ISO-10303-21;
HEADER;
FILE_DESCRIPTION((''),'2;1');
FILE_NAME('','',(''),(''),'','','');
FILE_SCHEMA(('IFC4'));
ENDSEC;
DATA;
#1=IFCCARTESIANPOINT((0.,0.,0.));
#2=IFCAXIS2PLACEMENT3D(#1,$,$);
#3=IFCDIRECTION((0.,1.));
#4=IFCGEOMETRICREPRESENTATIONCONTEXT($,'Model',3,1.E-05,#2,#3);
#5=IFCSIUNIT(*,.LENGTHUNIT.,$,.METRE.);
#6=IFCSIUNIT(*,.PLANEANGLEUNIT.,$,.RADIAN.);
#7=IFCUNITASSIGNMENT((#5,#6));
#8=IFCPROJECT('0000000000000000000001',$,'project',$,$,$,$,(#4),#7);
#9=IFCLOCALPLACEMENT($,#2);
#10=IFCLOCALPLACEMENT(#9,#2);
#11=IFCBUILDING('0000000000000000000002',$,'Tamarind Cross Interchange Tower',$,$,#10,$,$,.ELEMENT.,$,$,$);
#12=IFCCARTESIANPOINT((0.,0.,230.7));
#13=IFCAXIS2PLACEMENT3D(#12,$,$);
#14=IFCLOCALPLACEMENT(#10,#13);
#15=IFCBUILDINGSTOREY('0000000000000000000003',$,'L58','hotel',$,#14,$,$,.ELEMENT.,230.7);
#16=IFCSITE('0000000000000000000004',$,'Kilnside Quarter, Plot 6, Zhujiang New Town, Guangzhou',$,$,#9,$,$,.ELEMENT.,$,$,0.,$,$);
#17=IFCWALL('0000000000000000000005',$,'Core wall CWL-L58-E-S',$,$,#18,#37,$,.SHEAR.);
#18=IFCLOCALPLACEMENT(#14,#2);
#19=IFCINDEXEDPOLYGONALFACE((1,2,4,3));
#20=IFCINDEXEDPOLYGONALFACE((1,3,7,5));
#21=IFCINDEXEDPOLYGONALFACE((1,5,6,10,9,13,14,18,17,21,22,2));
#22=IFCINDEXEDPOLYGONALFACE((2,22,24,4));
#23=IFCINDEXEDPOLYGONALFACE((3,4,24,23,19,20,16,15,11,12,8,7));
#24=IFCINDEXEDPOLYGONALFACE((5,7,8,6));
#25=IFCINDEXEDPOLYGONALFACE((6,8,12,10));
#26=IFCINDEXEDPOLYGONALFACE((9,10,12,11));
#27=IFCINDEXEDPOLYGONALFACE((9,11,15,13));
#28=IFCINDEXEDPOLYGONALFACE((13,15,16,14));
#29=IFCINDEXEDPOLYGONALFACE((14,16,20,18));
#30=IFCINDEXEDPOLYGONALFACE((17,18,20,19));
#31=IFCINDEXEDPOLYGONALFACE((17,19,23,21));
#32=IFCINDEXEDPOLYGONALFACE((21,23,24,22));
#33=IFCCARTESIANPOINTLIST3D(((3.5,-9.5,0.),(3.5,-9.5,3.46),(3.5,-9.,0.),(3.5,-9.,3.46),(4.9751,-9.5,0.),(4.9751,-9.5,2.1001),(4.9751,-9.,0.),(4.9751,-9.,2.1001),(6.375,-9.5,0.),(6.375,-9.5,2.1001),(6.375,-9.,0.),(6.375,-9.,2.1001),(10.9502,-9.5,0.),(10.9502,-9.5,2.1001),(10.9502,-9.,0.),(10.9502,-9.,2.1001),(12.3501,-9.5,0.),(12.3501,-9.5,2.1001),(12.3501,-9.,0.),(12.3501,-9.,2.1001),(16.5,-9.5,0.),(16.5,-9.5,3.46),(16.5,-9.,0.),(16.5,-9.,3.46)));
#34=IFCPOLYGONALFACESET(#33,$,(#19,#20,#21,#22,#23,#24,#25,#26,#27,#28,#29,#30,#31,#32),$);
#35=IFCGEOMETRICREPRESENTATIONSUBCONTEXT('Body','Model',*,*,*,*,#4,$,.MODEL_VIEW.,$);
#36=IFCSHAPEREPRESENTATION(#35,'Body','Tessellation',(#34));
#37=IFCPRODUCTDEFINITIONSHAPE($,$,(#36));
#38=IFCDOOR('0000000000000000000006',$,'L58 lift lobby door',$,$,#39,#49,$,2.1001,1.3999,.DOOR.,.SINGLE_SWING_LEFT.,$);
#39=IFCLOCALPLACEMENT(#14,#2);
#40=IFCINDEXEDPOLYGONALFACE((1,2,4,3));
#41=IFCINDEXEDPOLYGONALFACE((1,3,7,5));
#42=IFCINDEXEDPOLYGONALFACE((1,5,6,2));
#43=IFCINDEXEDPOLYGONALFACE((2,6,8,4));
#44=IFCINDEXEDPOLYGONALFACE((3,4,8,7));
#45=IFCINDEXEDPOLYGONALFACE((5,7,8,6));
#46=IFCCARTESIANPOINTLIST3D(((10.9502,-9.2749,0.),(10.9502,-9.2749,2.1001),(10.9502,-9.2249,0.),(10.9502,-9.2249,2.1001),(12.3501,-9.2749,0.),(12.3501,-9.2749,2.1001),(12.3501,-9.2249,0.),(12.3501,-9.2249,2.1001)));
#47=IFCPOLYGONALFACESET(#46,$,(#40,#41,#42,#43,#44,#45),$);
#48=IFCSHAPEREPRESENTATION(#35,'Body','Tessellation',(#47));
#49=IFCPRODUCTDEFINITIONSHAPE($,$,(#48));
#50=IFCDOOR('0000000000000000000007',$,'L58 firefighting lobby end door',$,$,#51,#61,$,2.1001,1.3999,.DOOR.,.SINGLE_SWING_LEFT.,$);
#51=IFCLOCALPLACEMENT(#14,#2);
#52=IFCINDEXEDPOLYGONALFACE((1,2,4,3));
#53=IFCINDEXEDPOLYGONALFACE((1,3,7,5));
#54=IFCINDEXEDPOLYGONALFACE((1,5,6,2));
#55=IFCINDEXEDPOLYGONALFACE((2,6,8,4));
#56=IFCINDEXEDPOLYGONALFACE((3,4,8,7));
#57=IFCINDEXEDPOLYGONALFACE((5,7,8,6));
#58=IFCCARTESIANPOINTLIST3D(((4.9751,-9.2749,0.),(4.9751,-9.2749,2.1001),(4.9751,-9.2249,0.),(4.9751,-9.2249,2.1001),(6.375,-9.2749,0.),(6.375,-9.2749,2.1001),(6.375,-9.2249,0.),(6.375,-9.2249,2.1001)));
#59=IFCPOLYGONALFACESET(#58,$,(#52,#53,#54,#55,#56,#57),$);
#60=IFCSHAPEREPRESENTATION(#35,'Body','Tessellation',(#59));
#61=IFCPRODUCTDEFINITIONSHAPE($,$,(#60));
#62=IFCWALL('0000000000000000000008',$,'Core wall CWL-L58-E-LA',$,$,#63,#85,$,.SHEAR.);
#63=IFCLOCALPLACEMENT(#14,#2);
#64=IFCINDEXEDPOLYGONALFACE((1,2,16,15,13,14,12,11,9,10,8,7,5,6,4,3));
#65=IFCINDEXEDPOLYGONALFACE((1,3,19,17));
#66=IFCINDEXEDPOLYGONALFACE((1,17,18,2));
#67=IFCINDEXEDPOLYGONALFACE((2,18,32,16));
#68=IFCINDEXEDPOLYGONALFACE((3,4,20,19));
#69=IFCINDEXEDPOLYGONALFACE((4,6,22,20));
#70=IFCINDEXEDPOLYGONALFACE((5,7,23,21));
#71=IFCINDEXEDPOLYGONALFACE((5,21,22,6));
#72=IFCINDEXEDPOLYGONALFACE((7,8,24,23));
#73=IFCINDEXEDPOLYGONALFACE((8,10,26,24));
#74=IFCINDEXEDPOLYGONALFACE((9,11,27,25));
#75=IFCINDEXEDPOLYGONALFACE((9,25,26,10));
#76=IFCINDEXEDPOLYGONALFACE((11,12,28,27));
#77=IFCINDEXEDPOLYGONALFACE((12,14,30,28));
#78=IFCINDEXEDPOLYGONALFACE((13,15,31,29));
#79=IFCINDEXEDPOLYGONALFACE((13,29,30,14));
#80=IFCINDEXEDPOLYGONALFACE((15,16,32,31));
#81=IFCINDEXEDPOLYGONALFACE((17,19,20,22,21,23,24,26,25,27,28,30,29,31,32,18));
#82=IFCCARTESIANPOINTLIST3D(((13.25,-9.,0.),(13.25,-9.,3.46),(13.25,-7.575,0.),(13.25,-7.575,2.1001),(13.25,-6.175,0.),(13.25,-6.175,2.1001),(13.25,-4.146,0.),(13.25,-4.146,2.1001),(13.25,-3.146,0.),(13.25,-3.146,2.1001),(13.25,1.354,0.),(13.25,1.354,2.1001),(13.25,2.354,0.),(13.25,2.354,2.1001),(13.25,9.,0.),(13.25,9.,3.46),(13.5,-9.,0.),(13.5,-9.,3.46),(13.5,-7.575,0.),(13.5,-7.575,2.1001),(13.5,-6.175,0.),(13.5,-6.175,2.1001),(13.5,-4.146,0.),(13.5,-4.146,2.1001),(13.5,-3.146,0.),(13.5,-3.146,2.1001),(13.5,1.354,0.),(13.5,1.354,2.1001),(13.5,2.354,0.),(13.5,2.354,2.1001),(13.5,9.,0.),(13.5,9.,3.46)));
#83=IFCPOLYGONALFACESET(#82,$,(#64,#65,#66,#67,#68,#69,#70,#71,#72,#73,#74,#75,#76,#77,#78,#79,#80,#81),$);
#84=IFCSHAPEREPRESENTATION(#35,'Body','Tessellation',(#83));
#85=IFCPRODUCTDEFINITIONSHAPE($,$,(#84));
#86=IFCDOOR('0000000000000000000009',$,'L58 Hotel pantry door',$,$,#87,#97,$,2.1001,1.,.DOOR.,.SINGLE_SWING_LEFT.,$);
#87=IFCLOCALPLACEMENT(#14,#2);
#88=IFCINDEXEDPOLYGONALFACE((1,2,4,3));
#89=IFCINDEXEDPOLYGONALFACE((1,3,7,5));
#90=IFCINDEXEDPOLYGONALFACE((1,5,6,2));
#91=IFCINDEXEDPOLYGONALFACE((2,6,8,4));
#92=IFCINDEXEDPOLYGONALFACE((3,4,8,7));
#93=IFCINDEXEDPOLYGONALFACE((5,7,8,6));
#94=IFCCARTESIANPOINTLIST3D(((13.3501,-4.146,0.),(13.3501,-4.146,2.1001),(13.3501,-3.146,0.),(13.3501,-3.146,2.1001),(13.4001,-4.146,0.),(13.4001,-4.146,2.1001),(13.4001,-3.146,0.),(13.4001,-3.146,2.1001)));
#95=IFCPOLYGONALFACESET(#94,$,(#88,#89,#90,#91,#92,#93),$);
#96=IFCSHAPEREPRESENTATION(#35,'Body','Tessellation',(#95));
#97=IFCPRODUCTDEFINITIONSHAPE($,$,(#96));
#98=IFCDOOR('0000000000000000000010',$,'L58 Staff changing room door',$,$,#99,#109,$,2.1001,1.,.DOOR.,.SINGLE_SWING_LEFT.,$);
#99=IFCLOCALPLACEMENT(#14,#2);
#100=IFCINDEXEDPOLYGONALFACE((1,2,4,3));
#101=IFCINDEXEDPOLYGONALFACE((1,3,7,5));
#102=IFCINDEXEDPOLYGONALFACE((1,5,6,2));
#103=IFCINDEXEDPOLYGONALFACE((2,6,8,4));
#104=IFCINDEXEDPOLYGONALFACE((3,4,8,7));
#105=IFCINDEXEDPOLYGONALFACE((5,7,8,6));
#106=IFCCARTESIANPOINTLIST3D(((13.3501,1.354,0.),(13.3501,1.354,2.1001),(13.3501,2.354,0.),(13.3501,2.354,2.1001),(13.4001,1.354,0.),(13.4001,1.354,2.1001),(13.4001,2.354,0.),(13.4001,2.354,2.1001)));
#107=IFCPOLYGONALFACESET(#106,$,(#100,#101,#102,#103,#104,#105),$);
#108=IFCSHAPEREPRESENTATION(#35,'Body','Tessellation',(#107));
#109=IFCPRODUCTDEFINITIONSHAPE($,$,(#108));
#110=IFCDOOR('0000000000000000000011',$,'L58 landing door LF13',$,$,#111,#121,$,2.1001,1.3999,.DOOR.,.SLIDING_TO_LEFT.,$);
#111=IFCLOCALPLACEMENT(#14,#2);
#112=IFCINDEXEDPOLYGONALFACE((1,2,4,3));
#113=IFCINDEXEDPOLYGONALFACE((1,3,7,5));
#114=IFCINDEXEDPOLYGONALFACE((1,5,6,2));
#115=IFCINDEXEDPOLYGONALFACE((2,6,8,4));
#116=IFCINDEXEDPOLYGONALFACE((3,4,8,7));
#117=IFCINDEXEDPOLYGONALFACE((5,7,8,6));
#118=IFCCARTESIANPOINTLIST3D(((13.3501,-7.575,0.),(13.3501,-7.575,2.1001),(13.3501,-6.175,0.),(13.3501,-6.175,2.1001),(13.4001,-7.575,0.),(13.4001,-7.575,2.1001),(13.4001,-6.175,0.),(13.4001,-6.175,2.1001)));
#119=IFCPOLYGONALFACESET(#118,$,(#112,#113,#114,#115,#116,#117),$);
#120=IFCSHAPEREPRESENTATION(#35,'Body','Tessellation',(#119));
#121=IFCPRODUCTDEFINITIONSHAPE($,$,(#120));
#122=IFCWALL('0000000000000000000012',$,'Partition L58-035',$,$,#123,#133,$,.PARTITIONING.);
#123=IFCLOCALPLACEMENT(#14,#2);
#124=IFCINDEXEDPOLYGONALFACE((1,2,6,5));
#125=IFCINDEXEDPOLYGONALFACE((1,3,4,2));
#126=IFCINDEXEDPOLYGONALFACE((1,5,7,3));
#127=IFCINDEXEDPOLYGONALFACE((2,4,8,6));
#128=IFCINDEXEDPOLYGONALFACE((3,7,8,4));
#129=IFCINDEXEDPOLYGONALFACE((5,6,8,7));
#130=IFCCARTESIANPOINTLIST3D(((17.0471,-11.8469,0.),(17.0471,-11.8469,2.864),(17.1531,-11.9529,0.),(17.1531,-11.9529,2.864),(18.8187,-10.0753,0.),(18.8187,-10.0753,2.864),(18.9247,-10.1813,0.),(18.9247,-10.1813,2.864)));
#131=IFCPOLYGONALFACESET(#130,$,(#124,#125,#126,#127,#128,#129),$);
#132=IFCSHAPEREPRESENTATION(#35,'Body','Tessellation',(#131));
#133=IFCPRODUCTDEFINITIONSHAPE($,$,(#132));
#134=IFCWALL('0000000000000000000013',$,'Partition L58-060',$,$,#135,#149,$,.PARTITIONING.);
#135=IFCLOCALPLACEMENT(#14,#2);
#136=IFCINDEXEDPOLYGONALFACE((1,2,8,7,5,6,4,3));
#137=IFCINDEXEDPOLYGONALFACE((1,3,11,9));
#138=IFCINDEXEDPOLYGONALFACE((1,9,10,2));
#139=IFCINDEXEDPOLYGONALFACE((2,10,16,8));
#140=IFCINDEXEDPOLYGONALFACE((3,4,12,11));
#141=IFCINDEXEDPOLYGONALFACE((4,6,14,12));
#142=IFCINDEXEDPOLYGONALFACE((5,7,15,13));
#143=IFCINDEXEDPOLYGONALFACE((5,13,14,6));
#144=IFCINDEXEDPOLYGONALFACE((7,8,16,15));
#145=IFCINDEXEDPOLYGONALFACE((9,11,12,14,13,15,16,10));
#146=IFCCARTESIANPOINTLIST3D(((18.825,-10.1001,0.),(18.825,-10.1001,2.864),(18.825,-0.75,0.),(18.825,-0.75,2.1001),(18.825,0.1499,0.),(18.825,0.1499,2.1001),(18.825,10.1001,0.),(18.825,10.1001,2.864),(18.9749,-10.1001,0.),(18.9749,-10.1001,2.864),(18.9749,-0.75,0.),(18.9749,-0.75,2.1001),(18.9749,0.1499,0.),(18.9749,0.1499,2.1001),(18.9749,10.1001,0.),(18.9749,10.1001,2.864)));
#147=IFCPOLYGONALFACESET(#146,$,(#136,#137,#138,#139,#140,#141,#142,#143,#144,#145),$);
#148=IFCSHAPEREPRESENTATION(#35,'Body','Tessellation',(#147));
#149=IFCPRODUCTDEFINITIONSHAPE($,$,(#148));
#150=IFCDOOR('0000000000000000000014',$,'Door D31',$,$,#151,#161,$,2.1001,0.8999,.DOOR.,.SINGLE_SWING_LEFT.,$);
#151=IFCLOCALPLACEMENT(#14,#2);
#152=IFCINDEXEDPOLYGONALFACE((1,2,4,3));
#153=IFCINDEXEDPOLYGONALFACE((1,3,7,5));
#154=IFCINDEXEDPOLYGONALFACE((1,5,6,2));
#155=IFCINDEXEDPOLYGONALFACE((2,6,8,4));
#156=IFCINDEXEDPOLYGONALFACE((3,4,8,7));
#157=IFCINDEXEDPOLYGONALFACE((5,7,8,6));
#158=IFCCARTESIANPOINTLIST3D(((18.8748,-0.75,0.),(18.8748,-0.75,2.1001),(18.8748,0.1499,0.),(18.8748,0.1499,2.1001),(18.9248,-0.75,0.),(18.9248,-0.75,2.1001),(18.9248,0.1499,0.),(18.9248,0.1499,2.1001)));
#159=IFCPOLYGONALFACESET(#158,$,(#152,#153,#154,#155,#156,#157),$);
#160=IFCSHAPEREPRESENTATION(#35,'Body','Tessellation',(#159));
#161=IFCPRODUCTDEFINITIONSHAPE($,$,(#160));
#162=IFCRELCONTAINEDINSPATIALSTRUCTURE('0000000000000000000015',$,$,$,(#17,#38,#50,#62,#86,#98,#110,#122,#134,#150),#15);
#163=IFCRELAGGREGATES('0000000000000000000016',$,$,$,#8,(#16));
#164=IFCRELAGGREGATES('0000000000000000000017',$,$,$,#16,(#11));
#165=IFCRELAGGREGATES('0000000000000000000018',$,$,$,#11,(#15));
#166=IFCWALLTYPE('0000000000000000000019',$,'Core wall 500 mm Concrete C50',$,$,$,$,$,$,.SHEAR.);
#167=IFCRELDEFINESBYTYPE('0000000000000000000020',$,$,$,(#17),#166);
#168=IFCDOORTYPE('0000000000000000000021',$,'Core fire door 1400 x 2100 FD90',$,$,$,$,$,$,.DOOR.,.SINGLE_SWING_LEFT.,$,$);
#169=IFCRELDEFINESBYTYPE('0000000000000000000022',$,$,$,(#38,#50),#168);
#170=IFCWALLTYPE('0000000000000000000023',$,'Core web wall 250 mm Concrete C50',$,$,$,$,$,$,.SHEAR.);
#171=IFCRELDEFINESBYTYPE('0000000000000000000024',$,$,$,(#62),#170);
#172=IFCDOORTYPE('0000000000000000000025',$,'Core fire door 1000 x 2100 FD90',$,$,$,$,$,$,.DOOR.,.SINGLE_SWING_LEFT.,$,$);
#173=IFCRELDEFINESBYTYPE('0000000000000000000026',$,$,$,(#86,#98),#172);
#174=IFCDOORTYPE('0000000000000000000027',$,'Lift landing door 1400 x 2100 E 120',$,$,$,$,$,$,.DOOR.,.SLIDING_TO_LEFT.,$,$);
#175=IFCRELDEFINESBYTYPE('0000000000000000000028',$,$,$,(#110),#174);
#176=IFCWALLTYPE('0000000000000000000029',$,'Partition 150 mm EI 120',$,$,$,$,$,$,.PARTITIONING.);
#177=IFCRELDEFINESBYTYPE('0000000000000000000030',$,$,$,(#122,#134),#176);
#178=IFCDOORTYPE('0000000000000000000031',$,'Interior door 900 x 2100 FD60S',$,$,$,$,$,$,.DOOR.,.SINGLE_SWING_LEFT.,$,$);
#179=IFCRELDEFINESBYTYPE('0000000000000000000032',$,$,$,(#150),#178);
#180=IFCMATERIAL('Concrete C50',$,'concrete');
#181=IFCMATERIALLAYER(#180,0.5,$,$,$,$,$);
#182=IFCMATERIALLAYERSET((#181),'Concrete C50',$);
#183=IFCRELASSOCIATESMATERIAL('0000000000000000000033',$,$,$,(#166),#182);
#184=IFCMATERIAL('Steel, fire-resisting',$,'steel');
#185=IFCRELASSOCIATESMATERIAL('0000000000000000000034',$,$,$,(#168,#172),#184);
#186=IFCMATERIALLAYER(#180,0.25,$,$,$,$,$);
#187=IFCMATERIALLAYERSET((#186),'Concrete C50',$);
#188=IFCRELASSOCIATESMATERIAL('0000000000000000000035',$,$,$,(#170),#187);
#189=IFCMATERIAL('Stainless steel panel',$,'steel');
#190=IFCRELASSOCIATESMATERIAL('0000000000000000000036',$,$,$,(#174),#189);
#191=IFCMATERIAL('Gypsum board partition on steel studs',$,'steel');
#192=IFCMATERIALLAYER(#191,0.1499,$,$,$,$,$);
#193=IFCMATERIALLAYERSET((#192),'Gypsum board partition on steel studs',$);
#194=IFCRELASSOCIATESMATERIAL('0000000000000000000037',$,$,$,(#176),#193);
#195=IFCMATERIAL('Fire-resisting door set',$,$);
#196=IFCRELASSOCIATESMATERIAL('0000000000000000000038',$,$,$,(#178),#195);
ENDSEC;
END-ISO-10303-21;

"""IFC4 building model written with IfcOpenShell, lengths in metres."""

from ifc_helpers import new_model, si_unit, direction, frame, frame_2d, origin, place, context, subcontext, project, spatial, rectangle, extrude, material, layer, layer_set, type_object, element, fill, save


model = new_model("IFC4")

# Units and contexts
model_context = context("Model", 3, precision=1e-05, world=origin(), true_north=direction((0.0, 1.0)))
body_context = subcontext(model_context, "Body", "Model", "MODEL_VIEW")
ifc_project = project(units=[si_unit("LENGTHUNIT", "METRE"), si_unit("PLANEANGLEUNIT", "RADIAN")], contexts=[model_context])

# Site, building, storey
site_placement = place(None, origin())
site = spatial("IfcSite", under=ifc_project, at=site_placement, Name="Kilnside Quarter, Plot 6, Zhujiang New Town, Guangzhou", CompositionType="ELEMENT", RefElevation=0.0)
building_placement = place(site_placement, origin())
building = spatial("IfcBuilding", under=site, at=building_placement, Name="Tamarind Cross Interchange Tower", CompositionType="ELEMENT")
storey_placement = place(building_placement, frame((0.0, 0.0, 230.7)))
storey = spatial("IfcBuildingStorey", under=building, at=storey_placement, Name="L58", Description="hotel", CompositionType="ELEMENT", Elevation=230.7)

# Shared definitions
ifc_material_1 = material(Name="Concrete C50", Category="concrete")

# Walls, openings, doors
ifc_layer_1 = layer(ifc_material_1, 0.5)
ifc_layer_set_1 = layer_set([ifc_layer_1], Name="Concrete C50")
wall_type_1 = type_object("IfcWallType", Name="Core wall 500 mm Concrete C50", PredefinedType="SHEAR", material=ifc_layer_set_1)
wall_1_placement = place(storey_placement, frame((16.5, -9.25, 0.0), z_axis=(0.0, 0.0, 1.0), x_axis=(-1.0, 0.0, 0.0)))
wall_1 = element("IfcWall", 1, at=wall_1_placement, inside=storey, type_object=wall_type_1, Name="Core wall CWL-L58-E-S", PredefinedType="SHEAR", context=body_context, shape_type="SweptSolid", body=[
    extrude(rectangle(XDim=13.0, YDim=0.5, at=frame_2d((6.5, 0.0))), origin(), (0.0, 0.0, 1.0), 3.46),
])
opening_1_placement = place(wall_1_placement, frame((4.1499, 0.0, 0.0)))
opening_1 = element("IfcOpeningElement", 2, at=opening_1_placement, cuts=wall_1, PredefinedType="OPENING", context=body_context, shape_type="SweptSolid", body=[
    extrude(rectangle(XDim=1.3999, YDim=2.1001, at=frame_2d((0.7, 1.05))), frame((0.0, 0.26, 0.0), z_axis=(0.0, -1.0, 0.0), x_axis=(1.0, 0.0, 0.0)), (0.0, 0.0, 1.0), 0.52),
])
opening_2_placement = place(wall_1_placement, frame((10.125, 0.0, 0.0)))
opening_2 = element("IfcOpeningElement", 3, at=opening_2_placement, cuts=wall_1, PredefinedType="OPENING", context=body_context, shape_type="SweptSolid", body=[
    extrude(rectangle(XDim=1.3999, YDim=2.1001, at=frame_2d((0.7, 1.05))), frame((0.0, 0.26, 0.0), z_axis=(0.0, -1.0, 0.0), x_axis=(1.0, 0.0, 0.0)), (0.0, 0.0, 1.0), 0.52),
])
ifc_material_2 = material(Name="Steel, fire-resisting", Category="steel")
door_type_1 = type_object("IfcDoorType", Name="Core fire door 1400 x 2100 FD90", OperationType="SINGLE_SWING_LEFT", PredefinedType="DOOR", material=ifc_material_2)
door_1_placement = place(opening_1_placement, origin())
door_1 = element("IfcDoor", 4, at=door_1_placement, inside=storey, type_object=door_type_1, Name="L58 lift lobby door", OperationType="SINGLE_SWING_LEFT", OverallHeight=2.1001, OverallWidth=1.3999, PredefinedType="DOOR", context=body_context, shape_type="SweptSolid", body=[
    extrude(rectangle(XDim=1.3999, YDim=2.1001, at=frame_2d((0.7, 1.05))), frame((0.0, 0.0249, 0.0), z_axis=(0.0, -1.0, 0.0), x_axis=(1.0, 0.0, 0.0)), (0.0, 0.0, 1.0), 0.05),
])
fill(opening_1, door_1)
door_2_placement = place(opening_2_placement, origin())
door_2 = element("IfcDoor", 5, at=door_2_placement, inside=storey, type_object=door_type_1, Name="L58 firefighting lobby end door", OperationType="SINGLE_SWING_LEFT", OverallHeight=2.1001, OverallWidth=1.3999, PredefinedType="DOOR", context=body_context, shape_type="SweptSolid", body=[
    extrude(rectangle(XDim=1.3999, YDim=2.1001, at=frame_2d((0.7, 1.05))), frame((0.0, 0.0249, 0.0), z_axis=(0.0, -1.0, 0.0), x_axis=(1.0, 0.0, 0.0)), (0.0, 0.0, 1.0), 0.05),
])
fill(opening_2, door_2)
ifc_layer_2 = layer(ifc_material_1, 0.25)
ifc_layer_set_2 = layer_set([ifc_layer_2], Name="Concrete C50")
wall_type_2 = type_object("IfcWallType", Name="Core web wall 250 mm Concrete C50", PredefinedType="SHEAR", material=ifc_layer_set_2)
wall_2_placement = place(storey_placement, frame((13.375, -9.0, 0.0), z_axis=(0.0, 0.0, 1.0), x_axis=(0.0, 1.0, 0.0)))
wall_2 = element("IfcWall", 6, at=wall_2_placement, inside=storey, type_object=wall_type_2, Name="Core wall CWL-L58-E-LA", PredefinedType="SHEAR", context=body_context, shape_type="SweptSolid", body=[
    extrude(rectangle(XDim=18.0, YDim=0.25, at=frame_2d((9.0, 0.0))), origin(), (0.0, 0.0, 1.0), 3.46),
])
opening_3_placement = place(wall_2_placement, frame((1.425, 0.0, 0.0)))
opening_3 = element("IfcOpeningElement", 7, at=opening_3_placement, cuts=wall_2, PredefinedType="OPENING", context=body_context, shape_type="SweptSolid", body=[
    extrude(rectangle(XDim=1.3999, YDim=2.1001, at=frame_2d((0.7, 1.05))), frame((0.0, 0.135, 0.0), z_axis=(0.0, -1.0, 0.0), x_axis=(1.0, 0.0, 0.0)), (0.0, 0.0, 1.0), 0.27),
])
opening_4_placement = place(wall_2_placement, frame((4.854, 0.0, 0.0)))
opening_4 = element("IfcOpeningElement", 8, at=opening_4_placement, cuts=wall_2, PredefinedType="OPENING", context=body_context, shape_type="SweptSolid", body=[
    extrude(rectangle(XDim=1.0, YDim=2.1001, at=frame_2d((0.5, 1.05))), frame((0.0, 0.135, 0.0), z_axis=(0.0, -1.0, 0.0), x_axis=(1.0, 0.0, 0.0)), (0.0, 0.0, 1.0), 0.27),
])
opening_5_placement = place(wall_2_placement, frame((10.354, 0.0, 0.0)))
opening_5 = element("IfcOpeningElement", 9, at=opening_5_placement, cuts=wall_2, PredefinedType="OPENING", context=body_context, shape_type="SweptSolid", body=[
    extrude(rectangle(XDim=1.0, YDim=2.1001, at=frame_2d((0.5, 1.05))), frame((0.0, 0.135, 0.0), z_axis=(0.0, -1.0, 0.0), x_axis=(1.0, 0.0, 0.0)), (0.0, 0.0, 1.0), 0.27),
])
door_type_2 = type_object("IfcDoorType", Name="Core fire door 1000 x 2100 FD90", OperationType="SINGLE_SWING_LEFT", PredefinedType="DOOR", material=ifc_material_2)
door_3_placement = place(opening_4_placement, origin())
door_3 = element("IfcDoor", 10, at=door_3_placement, inside=storey, type_object=door_type_2, Name="L58 Hotel pantry door", OperationType="SINGLE_SWING_LEFT", OverallHeight=2.1001, OverallWidth=1.0, PredefinedType="DOOR", context=body_context, shape_type="SweptSolid", body=[
    extrude(rectangle(XDim=1.0, YDim=2.1001, at=frame_2d((0.5, 1.05))), frame((0.0, 0.0249, 0.0), z_axis=(0.0, -1.0, 0.0), x_axis=(1.0, 0.0, 0.0)), (0.0, 0.0, 1.0), 0.05),
])
fill(opening_4, door_3)
door_4_placement = place(opening_5_placement, origin())
door_4 = element("IfcDoor", 11, at=door_4_placement, inside=storey, type_object=door_type_2, Name="L58 Staff changing room door", OperationType="SINGLE_SWING_LEFT", OverallHeight=2.1001, OverallWidth=1.0, PredefinedType="DOOR", context=body_context, shape_type="SweptSolid", body=[
    extrude(rectangle(XDim=1.0, YDim=2.1001, at=frame_2d((0.5, 1.05))), frame((0.0, 0.0249, 0.0), z_axis=(0.0, -1.0, 0.0), x_axis=(1.0, 0.0, 0.0)), (0.0, 0.0, 1.0), 0.05),
])
fill(opening_5, door_4)
ifc_material_3 = material(Name="Stainless steel panel", Category="steel")
door_type_3 = type_object("IfcDoorType", Name="Lift landing door 1400 x 2100 E 120", OperationType="SLIDING_TO_LEFT", PredefinedType="DOOR", material=ifc_material_3)
door_5_placement = place(opening_3_placement, origin())
door_5 = element("IfcDoor", 12, at=door_5_placement, inside=storey, type_object=door_type_3, Name="L58 landing door LF13", OperationType="SLIDING_TO_LEFT", OverallHeight=2.1001, OverallWidth=1.3999, PredefinedType="DOOR", context=body_context, shape_type="SweptSolid", body=[
    extrude(rectangle(XDim=1.3999, YDim=2.1001, at=frame_2d((0.7, 1.05))), frame((0.0, 0.0249, 0.0), z_axis=(0.0, -1.0, 0.0), x_axis=(1.0, 0.0, 0.0)), (0.0, 0.0, 1.0), 0.05),
])
fill(opening_3, door_5)

# Wall
ifc_material_4 = material(Name="Gypsum board partition on steel studs", Category="steel")
ifc_layer_3 = layer(ifc_material_4, 0.1499)
ifc_layer_set_3 = layer_set([ifc_layer_3], Name="Gypsum board partition on steel studs")
wall_type_3 = type_object("IfcWallType", Name="Partition 150 mm EI 120", PredefinedType="PARTITIONING", material=ifc_layer_set_3)
wall_3_placement = place(storey_placement, frame((17.1001, -11.8999, 0.0), z_axis=(0.0, 0.0, 1.0), x_axis=(0.707107, 0.707107, 0.0)))
element("IfcWall", 13, at=wall_3_placement, inside=storey, type_object=wall_type_3, Name="Partition L58-035", PredefinedType="PARTITIONING", context=body_context, shape_type="SweptSolid", body=[
    extrude(rectangle(XDim=2.5054, YDim=0.1499, at=frame_2d((1.2527, 0.0))), origin(), (0.0, 0.0, 1.0), 2.864),
])

# Wall, opening, door
wall_4_placement = place(storey_placement, frame((18.8999, -10.1001, 0.0), z_axis=(0.0, 0.0, 1.0), x_axis=(0.0, 1.0, 0.0)))
wall_4 = element("IfcWall", 14, at=wall_4_placement, inside=storey, type_object=wall_type_3, Name="Partition L58-060", PredefinedType="PARTITIONING", context=body_context, shape_type="SweptSolid", body=[
    extrude(rectangle(XDim=20.2002, YDim=0.1499, at=frame_2d((10.1001, 0.0))), origin(), (0.0, 0.0, 1.0), 2.864),
])
opening_6_placement = place(wall_4_placement, frame((9.3501, 0.0, 0.0)))
opening_6 = element("IfcOpeningElement", 15, at=opening_6_placement, cuts=wall_4, PredefinedType="OPENING", context=body_context, shape_type="SweptSolid", body=[
    extrude(rectangle(XDim=0.8999, YDim=2.1001, at=frame_2d((0.45, 1.05))), frame((0.0, 0.085, 0.0), z_axis=(0.0, -1.0, 0.0), x_axis=(1.0, 0.0, 0.0)), (0.0, 0.0, 1.0), 0.1699),
])
ifc_material_5 = material(Name="Fire-resisting door set")
door_type_4 = type_object("IfcDoorType", Name="Interior door 900 x 2100 FD60S", OperationType="SINGLE_SWING_LEFT", PredefinedType="DOOR", material=ifc_material_5)
door_6_placement = place(opening_6_placement, frame((0.8999, 0.0, 0.0), z_axis=(0.0, 0.0, 1.0), x_axis=(-1.0, 0.0, 0.0)))
door_6 = element("IfcDoor", 16, at=door_6_placement, inside=storey, type_object=door_type_4, Name="Door D31", OperationType="SINGLE_SWING_LEFT", OverallHeight=2.1001, OverallWidth=0.8999, PredefinedType="DOOR", context=body_context, shape_type="SweptSolid", body=[
    extrude(rectangle(XDim=0.8999, YDim=2.1001, at=frame_2d((0.45, 1.05))), frame((0.0, 0.0249, 0.0), z_axis=(0.0, -1.0, 0.0), x_axis=(1.0, 0.0, 0.0)), (0.0, 0.0, 1.0), 0.05),
])
fill(opening_6, door_6)

save(model, "model.ifc")
